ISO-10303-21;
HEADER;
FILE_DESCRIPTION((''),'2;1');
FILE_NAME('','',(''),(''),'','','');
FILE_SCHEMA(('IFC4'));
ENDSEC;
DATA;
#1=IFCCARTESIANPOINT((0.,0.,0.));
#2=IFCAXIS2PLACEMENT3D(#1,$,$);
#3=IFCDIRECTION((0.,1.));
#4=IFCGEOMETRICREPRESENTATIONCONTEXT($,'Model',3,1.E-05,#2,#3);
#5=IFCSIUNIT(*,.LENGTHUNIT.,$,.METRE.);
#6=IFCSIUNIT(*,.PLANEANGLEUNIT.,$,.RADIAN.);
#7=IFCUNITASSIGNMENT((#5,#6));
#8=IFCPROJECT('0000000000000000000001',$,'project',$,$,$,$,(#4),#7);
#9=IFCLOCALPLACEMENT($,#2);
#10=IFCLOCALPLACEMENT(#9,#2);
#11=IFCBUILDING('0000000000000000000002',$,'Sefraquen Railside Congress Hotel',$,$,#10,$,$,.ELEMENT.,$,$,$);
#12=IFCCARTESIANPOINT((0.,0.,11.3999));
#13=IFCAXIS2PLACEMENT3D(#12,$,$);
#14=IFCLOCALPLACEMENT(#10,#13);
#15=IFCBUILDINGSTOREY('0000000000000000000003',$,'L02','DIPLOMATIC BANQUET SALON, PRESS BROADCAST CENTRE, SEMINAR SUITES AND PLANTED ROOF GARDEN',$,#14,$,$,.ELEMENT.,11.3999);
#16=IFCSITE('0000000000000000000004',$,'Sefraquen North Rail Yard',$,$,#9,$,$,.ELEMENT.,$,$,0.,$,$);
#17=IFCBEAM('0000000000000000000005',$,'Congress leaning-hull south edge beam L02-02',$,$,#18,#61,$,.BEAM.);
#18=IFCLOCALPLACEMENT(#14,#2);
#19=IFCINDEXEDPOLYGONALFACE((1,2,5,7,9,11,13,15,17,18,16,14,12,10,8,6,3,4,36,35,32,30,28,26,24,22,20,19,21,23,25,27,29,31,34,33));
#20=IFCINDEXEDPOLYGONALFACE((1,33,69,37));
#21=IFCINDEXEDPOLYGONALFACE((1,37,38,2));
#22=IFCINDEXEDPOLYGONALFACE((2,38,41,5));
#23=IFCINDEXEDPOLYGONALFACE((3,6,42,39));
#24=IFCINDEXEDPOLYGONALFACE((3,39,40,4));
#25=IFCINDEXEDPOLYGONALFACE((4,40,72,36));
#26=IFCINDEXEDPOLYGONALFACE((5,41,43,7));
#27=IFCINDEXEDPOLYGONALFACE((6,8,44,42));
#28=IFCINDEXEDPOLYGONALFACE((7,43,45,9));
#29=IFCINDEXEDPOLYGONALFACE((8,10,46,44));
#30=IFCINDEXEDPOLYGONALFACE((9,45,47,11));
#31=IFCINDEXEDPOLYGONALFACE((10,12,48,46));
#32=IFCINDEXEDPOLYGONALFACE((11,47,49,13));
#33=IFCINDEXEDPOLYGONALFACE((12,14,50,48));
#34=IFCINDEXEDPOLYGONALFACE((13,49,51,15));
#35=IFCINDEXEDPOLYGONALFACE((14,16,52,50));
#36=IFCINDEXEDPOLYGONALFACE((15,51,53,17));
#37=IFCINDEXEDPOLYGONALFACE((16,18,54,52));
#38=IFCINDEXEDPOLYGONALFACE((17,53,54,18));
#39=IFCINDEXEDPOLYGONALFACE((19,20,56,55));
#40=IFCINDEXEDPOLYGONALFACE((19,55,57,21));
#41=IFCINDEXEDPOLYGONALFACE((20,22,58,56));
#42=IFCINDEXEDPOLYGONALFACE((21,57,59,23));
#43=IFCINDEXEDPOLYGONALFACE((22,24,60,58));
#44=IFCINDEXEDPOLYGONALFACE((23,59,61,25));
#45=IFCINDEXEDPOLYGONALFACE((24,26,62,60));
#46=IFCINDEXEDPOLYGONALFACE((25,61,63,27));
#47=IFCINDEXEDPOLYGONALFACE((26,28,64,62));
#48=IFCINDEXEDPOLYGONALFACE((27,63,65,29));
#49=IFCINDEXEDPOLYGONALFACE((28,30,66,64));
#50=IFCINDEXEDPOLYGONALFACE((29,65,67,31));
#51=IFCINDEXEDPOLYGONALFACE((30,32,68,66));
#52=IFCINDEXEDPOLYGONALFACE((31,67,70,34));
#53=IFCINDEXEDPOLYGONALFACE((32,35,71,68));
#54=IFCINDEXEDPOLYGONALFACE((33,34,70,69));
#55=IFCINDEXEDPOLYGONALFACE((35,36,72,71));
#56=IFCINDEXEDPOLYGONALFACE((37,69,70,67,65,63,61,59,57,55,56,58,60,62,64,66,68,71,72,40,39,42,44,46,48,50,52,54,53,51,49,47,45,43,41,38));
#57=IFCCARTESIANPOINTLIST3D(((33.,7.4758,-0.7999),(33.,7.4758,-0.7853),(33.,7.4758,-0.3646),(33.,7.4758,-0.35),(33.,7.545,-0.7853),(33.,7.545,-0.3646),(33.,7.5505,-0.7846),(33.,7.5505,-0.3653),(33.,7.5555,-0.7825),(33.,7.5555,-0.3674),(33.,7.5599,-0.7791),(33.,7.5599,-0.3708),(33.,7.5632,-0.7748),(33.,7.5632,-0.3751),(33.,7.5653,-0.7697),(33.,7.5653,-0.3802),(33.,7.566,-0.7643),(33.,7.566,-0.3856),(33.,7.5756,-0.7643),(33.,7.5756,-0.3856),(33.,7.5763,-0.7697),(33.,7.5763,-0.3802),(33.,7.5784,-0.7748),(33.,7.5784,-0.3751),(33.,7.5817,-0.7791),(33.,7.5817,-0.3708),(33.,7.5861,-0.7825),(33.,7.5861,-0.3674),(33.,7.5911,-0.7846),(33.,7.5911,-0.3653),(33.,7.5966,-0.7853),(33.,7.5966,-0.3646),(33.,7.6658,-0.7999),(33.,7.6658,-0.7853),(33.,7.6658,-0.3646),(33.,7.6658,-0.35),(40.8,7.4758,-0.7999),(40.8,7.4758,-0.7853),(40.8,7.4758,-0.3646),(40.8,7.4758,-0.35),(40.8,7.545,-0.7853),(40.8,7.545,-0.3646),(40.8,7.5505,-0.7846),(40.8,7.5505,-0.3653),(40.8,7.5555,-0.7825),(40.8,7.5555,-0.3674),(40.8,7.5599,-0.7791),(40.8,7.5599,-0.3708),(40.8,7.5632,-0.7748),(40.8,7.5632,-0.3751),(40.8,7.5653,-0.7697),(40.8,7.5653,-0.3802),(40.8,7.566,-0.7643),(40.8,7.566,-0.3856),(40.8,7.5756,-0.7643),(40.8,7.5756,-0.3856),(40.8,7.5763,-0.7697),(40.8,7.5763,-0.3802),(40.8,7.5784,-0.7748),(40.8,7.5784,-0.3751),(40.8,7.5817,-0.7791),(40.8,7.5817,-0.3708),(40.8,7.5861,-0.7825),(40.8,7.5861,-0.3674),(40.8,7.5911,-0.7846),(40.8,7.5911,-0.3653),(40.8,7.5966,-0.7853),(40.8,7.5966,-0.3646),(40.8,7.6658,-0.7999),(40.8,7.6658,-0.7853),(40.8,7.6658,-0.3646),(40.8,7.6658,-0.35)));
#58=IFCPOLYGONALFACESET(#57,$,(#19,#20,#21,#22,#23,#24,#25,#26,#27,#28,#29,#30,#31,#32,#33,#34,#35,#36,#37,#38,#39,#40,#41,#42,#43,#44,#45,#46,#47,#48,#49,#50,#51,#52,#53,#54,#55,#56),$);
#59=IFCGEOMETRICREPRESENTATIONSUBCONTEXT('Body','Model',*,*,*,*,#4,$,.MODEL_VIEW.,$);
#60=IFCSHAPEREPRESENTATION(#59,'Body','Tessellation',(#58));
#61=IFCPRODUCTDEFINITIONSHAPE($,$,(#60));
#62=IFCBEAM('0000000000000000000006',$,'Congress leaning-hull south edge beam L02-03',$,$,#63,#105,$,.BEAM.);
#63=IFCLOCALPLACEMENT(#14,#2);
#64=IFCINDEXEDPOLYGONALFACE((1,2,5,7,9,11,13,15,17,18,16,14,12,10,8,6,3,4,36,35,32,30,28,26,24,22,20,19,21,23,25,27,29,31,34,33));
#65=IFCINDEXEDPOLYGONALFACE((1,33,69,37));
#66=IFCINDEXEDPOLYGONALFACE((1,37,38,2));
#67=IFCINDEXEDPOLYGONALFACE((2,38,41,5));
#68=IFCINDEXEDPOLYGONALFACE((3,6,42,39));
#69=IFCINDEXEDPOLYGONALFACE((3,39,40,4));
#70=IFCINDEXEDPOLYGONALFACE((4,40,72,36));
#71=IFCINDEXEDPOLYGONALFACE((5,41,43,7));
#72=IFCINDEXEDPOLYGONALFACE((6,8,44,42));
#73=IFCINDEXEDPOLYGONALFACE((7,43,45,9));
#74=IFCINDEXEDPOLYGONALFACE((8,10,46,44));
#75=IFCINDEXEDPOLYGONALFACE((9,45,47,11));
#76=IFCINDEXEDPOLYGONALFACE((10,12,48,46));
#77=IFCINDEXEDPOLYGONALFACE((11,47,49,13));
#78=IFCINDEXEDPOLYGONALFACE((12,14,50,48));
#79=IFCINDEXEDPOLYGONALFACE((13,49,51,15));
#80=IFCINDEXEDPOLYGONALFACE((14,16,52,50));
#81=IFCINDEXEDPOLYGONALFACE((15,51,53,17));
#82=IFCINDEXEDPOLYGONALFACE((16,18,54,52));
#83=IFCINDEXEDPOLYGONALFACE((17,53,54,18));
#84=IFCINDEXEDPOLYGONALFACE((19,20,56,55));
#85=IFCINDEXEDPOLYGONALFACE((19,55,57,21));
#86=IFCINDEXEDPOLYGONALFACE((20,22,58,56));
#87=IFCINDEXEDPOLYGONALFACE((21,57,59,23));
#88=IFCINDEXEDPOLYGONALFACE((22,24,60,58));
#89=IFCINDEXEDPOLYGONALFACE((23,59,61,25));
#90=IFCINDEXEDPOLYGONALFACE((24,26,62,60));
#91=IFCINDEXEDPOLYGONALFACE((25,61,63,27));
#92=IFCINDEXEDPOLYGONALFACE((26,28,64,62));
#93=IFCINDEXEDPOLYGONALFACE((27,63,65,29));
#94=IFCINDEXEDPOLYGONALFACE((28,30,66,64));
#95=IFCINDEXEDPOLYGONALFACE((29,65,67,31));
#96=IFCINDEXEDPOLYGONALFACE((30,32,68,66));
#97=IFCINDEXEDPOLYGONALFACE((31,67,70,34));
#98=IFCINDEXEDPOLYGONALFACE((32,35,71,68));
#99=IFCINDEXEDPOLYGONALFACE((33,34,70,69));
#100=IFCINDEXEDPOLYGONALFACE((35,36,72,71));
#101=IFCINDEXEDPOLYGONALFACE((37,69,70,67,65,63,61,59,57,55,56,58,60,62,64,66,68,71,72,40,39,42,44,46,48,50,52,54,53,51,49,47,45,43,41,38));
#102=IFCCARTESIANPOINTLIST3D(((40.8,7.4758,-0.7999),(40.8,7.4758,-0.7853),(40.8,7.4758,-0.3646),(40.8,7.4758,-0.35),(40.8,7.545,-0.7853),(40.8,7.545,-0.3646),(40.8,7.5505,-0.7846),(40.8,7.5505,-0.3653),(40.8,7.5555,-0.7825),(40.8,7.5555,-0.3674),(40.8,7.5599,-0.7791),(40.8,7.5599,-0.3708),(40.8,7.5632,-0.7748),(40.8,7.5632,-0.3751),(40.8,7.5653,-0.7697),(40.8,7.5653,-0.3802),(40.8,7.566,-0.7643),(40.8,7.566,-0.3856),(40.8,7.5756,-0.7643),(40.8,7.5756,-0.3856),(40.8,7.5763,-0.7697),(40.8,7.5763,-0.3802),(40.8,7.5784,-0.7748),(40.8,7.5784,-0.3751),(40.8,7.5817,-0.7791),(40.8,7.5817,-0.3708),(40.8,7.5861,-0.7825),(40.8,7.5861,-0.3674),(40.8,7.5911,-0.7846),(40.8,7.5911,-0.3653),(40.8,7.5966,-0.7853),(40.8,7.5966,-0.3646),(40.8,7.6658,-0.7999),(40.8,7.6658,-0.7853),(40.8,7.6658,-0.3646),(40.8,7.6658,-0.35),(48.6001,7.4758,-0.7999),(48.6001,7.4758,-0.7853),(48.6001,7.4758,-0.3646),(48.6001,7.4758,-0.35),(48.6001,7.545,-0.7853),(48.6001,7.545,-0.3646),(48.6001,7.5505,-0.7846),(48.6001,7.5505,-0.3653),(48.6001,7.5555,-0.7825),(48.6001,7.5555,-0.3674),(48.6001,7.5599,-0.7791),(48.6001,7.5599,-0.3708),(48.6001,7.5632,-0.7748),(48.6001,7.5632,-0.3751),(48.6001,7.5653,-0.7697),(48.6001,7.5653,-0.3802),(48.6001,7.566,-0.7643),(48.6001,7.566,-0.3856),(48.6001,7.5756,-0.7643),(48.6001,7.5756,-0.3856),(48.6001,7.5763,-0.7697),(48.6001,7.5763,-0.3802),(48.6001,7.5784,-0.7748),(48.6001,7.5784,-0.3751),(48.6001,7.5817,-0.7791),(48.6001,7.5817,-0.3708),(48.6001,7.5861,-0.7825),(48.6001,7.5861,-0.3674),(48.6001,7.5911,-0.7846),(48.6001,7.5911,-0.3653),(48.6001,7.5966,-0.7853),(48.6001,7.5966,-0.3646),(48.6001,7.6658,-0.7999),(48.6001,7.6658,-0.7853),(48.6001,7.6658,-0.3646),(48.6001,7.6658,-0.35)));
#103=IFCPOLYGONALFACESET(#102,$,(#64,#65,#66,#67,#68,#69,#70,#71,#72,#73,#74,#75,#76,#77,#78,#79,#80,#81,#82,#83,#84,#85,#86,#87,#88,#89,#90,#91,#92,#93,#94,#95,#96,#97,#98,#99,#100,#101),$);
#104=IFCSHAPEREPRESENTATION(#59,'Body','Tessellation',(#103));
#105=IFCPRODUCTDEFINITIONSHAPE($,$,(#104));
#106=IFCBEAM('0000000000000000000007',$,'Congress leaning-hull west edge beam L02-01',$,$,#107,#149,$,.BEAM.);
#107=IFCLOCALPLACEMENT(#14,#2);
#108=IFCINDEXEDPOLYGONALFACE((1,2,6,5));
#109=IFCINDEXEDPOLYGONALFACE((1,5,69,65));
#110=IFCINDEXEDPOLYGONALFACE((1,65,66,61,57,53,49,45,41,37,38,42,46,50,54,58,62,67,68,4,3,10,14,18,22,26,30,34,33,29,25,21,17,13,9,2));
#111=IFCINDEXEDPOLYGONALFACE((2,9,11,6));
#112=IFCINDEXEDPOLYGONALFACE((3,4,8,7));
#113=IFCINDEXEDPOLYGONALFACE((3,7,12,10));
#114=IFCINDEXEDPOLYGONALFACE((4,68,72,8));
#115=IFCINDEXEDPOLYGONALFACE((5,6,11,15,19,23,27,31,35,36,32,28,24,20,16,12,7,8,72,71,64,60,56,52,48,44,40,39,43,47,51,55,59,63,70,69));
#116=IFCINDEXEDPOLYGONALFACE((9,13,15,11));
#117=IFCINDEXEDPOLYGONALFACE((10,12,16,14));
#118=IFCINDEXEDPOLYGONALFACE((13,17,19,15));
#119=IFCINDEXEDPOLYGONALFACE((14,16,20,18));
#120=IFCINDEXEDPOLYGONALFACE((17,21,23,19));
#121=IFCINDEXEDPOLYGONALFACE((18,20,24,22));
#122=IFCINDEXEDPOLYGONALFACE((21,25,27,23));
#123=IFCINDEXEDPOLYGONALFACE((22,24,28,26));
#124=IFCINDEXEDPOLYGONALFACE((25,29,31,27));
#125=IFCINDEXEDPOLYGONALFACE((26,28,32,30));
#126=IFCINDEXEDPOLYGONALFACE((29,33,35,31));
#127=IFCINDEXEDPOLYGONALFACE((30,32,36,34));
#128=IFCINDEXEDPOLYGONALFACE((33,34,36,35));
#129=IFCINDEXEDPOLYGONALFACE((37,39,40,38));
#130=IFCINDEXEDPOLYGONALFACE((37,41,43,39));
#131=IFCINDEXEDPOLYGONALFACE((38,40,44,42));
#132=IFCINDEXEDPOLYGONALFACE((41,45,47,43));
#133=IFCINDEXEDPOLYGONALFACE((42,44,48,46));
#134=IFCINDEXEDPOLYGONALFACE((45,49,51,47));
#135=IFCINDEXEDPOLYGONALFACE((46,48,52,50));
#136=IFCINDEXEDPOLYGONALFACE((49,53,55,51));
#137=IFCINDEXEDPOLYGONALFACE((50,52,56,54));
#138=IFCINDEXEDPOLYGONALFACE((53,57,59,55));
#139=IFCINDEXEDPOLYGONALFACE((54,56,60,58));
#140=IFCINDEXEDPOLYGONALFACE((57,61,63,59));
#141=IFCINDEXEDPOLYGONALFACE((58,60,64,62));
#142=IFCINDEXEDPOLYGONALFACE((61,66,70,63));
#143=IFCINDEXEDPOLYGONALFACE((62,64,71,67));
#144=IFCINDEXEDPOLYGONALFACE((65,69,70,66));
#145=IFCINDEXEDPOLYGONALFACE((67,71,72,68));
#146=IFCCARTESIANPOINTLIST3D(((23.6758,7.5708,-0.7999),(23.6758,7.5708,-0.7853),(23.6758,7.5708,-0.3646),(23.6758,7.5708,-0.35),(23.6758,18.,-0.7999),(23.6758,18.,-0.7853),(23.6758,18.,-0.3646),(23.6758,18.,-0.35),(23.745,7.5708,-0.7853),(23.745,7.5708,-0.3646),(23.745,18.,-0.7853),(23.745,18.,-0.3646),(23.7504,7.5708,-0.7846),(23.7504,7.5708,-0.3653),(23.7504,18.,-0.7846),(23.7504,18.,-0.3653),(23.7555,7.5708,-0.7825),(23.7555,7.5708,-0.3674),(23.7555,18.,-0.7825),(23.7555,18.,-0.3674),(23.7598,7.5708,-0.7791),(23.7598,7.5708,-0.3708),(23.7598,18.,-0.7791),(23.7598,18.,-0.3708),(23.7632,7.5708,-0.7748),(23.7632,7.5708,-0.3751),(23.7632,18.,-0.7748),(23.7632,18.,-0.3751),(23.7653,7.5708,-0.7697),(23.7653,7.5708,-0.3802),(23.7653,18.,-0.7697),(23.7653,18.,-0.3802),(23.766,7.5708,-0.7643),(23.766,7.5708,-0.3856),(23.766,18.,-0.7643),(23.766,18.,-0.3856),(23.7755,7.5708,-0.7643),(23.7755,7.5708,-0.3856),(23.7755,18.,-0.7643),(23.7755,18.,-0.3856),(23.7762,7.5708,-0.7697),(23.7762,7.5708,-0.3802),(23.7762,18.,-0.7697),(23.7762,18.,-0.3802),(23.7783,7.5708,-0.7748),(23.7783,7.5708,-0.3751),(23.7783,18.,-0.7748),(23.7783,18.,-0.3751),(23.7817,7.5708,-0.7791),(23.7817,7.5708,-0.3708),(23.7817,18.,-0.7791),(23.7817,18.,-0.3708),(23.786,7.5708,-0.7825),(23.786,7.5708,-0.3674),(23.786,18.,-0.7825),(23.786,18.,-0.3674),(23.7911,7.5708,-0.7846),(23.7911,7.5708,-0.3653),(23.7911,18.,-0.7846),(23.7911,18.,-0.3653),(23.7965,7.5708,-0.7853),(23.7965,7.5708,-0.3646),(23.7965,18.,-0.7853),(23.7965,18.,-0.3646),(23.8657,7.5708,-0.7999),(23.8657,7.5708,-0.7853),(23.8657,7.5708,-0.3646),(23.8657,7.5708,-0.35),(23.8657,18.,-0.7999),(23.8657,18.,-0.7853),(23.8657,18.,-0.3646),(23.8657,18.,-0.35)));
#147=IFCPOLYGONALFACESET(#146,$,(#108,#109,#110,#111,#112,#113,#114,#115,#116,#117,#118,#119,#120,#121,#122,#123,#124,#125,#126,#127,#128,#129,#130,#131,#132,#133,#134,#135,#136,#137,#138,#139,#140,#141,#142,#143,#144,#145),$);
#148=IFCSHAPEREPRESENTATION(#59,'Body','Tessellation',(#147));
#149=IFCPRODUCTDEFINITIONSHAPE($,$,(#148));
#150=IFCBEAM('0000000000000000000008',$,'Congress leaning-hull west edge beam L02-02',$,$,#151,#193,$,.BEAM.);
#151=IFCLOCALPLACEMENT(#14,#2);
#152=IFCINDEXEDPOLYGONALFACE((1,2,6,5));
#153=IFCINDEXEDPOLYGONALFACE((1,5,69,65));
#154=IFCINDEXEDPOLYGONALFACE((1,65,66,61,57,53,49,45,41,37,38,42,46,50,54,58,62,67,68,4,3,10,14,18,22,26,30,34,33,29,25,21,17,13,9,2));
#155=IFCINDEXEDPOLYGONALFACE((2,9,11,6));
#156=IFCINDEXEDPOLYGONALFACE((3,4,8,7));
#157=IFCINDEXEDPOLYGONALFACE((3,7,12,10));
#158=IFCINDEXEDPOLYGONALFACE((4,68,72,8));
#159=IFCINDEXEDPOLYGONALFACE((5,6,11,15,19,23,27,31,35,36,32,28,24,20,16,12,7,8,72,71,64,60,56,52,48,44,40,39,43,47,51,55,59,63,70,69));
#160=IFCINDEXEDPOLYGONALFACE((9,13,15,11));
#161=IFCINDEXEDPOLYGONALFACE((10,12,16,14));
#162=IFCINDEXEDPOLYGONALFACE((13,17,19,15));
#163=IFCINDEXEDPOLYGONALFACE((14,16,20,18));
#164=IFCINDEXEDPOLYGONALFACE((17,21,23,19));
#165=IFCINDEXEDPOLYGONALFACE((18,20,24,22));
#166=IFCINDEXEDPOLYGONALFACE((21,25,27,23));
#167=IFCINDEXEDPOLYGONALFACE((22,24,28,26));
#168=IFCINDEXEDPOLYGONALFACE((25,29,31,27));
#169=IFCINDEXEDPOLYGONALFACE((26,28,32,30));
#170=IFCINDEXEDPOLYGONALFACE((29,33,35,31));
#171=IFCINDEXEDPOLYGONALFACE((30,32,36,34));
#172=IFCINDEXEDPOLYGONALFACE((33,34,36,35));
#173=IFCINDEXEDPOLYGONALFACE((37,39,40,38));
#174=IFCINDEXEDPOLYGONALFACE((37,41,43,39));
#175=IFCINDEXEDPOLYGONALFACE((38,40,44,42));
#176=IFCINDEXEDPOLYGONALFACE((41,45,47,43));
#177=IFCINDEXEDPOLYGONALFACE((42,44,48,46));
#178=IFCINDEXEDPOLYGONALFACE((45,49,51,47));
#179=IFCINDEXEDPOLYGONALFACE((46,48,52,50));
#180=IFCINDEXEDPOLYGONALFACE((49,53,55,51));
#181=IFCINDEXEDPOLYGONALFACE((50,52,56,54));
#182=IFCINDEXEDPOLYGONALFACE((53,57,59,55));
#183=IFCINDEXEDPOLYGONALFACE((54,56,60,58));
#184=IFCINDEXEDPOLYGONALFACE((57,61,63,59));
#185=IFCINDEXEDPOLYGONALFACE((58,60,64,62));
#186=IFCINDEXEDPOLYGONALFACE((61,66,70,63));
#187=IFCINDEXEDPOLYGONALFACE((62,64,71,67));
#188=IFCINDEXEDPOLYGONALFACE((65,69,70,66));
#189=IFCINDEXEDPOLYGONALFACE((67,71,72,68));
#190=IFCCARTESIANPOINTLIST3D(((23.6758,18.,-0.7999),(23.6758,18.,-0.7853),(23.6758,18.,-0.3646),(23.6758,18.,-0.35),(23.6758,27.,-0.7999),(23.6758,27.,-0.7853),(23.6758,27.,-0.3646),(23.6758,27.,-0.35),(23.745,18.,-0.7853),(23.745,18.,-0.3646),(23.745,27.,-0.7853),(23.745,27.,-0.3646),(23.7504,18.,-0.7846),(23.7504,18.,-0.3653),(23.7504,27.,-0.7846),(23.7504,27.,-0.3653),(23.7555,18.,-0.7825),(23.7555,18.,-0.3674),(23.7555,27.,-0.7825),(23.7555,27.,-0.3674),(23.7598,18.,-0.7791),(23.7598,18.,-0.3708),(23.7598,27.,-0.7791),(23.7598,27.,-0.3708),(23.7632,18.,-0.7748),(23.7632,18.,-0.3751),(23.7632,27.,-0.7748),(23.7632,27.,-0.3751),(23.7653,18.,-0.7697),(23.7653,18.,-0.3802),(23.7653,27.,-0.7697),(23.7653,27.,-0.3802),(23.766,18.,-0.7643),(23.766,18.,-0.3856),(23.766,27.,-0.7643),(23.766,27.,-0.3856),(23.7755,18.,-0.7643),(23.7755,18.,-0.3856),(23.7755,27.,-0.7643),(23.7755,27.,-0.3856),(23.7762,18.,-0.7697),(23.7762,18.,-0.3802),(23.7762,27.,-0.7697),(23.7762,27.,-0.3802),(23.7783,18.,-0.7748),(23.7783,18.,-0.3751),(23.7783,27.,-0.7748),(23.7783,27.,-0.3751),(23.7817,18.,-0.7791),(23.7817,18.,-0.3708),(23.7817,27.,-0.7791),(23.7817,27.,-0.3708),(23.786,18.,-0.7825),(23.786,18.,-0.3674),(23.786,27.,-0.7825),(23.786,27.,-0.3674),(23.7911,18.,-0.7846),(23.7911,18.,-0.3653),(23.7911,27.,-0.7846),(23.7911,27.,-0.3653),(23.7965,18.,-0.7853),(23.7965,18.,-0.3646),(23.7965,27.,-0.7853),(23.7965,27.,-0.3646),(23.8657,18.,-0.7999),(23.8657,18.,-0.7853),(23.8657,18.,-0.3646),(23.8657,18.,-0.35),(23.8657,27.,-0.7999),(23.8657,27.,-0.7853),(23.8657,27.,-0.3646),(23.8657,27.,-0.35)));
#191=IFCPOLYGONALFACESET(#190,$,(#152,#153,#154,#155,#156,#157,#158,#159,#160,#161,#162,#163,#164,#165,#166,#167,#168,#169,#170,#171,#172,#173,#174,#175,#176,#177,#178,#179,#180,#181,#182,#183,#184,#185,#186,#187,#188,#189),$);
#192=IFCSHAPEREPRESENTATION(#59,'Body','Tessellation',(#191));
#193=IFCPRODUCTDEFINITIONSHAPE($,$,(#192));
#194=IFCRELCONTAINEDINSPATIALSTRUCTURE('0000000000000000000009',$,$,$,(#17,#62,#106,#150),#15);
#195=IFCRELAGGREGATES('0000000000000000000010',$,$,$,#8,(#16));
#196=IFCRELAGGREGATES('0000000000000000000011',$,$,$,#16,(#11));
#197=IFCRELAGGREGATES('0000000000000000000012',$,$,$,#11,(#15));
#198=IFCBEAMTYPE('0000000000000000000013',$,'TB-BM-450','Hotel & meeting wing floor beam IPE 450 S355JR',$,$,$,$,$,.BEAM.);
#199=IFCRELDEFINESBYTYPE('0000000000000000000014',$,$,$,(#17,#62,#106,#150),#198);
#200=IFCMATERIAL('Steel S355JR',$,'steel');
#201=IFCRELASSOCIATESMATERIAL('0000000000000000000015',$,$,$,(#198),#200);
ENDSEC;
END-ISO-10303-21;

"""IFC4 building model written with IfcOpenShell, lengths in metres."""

from ifc_helpers import new_model, si_unit, direction, frame, origin, origin_2d, place, context, subcontext, project, spatial, i_section, extrude, material, material_profile, profile_set, type_object, element, save


model = new_model("IFC4")

# Units and contexts
model_context = context("Model", 3, precision=1e-05, world=origin(), true_north=direction((0.0, 1.0)))
body_context = subcontext(model_context, "Body", "Model", "MODEL_VIEW")
ifc_project = project(units=[si_unit("LENGTHUNIT", "METRE"), si_unit("PLANEANGLEUNIT", "RADIAN")], contexts=[model_context])

# Site, building, storey
site_placement = place(None, origin())
site = spatial("IfcSite", under=ifc_project, at=site_placement, Name="Sefraquen North Rail Yard", CompositionType="ELEMENT", RefElevation=0.0)
building_placement = place(site_placement, origin())
building = spatial("IfcBuilding", under=site, at=building_placement, Name="Sefraquen Railside Congress Hotel", CompositionType="ELEMENT")
storey_placement = place(building_placement, frame((0.0, 0.0, 11.3999)))
storey = spatial("IfcBuildingStorey", under=building, at=storey_placement, Name="L02", Description="DIPLOMATIC BANQUET SALON, PRESS BROADCAST CENTRE, SEMINAR SUITES AND PLANTED ROOF GARDEN", CompositionType="ELEMENT", Elevation=11.3999)

# Shared definitions
ifc_material_1 = material(Name="Steel S355JR", Category="steel")

# Beams
ifc_material_profile_1 = material_profile(ifc_material_1, i_section(OverallWidth=0.1899, OverallDepth=0.45, WebThickness=0.0095, FlangeThickness=0.0146, FilletRadius=0.021, at=origin_2d()), Name="IPE 450")
ifc_profile_set_1 = profile_set([ifc_material_profile_1], Name="Steel S355JR")
beam_type_1 = type_object("IfcBeamType", Name="TB-BM-450", Description="Hotel & meeting wing floor beam IPE 450 S355JR", PredefinedType="BEAM", material=ifc_profile_set_1)
for number, where, z_axis, x_axis, name in (
    (1, (33.0, 7.5708, -0.575), (1.0, 0.0, 0.0), (0.0, 1.0, 0.0), "Congress leaning-hull south edge beam L02-02"),
    (2, (40.8, 7.5708, -0.575), (1.0, 0.0, 0.0), (0.0, 1.0, 0.0), "Congress leaning-hull south edge beam L02-03"),
):
    element("IfcBeam", number, at=place(storey_placement, frame(where, z_axis=z_axis, x_axis=x_axis)), inside=storey, type_object=beam_type_1, Name=name, PredefinedType="BEAM", context=body_context, shape_type="SweptSolid", body=[
        extrude(i_section(OverallWidth=0.1899, OverallDepth=0.45, WebThickness=0.0095, FlangeThickness=0.0146, FilletRadius=0.021, at=origin_2d()), origin(), (0.0, 0.0, 1.0), 7.8),
    ])
beam_1_placement = place(storey_placement, frame((23.7708, 7.5708, -0.575), z_axis=(0.0, 1.0, 0.0), x_axis=(-1.0, 0.0, 0.0)))
element("IfcBeam", 3, at=beam_1_placement, inside=storey, type_object=beam_type_1, Name="Congress leaning-hull west edge beam L02-01", PredefinedType="BEAM", context=body_context, shape_type="SweptSolid", body=[
    extrude(i_section(OverallWidth=0.1899, OverallDepth=0.45, WebThickness=0.0095, FlangeThickness=0.0146, FilletRadius=0.021, at=origin_2d()), origin(), (0.0, 0.0, 1.0), 10.4292),
])
beam_2_placement = place(storey_placement, frame((23.7708, 18.0, -0.575), z_axis=(0.0, 1.0, 0.0), x_axis=(-1.0, 0.0, 0.0)))
element("IfcBeam", 4, at=beam_2_placement, inside=storey, type_object=beam_type_1, Name="Congress leaning-hull west edge beam L02-02", PredefinedType="BEAM", context=body_context, shape_type="SweptSolid", body=[
    extrude(i_section(OverallWidth=0.1899, OverallDepth=0.45, WebThickness=0.0095, FlangeThickness=0.0146, FilletRadius=0.021, at=origin_2d()), origin(), (0.0, 0.0, 1.0), 9.0),
])

save(model, "model.ifc")
